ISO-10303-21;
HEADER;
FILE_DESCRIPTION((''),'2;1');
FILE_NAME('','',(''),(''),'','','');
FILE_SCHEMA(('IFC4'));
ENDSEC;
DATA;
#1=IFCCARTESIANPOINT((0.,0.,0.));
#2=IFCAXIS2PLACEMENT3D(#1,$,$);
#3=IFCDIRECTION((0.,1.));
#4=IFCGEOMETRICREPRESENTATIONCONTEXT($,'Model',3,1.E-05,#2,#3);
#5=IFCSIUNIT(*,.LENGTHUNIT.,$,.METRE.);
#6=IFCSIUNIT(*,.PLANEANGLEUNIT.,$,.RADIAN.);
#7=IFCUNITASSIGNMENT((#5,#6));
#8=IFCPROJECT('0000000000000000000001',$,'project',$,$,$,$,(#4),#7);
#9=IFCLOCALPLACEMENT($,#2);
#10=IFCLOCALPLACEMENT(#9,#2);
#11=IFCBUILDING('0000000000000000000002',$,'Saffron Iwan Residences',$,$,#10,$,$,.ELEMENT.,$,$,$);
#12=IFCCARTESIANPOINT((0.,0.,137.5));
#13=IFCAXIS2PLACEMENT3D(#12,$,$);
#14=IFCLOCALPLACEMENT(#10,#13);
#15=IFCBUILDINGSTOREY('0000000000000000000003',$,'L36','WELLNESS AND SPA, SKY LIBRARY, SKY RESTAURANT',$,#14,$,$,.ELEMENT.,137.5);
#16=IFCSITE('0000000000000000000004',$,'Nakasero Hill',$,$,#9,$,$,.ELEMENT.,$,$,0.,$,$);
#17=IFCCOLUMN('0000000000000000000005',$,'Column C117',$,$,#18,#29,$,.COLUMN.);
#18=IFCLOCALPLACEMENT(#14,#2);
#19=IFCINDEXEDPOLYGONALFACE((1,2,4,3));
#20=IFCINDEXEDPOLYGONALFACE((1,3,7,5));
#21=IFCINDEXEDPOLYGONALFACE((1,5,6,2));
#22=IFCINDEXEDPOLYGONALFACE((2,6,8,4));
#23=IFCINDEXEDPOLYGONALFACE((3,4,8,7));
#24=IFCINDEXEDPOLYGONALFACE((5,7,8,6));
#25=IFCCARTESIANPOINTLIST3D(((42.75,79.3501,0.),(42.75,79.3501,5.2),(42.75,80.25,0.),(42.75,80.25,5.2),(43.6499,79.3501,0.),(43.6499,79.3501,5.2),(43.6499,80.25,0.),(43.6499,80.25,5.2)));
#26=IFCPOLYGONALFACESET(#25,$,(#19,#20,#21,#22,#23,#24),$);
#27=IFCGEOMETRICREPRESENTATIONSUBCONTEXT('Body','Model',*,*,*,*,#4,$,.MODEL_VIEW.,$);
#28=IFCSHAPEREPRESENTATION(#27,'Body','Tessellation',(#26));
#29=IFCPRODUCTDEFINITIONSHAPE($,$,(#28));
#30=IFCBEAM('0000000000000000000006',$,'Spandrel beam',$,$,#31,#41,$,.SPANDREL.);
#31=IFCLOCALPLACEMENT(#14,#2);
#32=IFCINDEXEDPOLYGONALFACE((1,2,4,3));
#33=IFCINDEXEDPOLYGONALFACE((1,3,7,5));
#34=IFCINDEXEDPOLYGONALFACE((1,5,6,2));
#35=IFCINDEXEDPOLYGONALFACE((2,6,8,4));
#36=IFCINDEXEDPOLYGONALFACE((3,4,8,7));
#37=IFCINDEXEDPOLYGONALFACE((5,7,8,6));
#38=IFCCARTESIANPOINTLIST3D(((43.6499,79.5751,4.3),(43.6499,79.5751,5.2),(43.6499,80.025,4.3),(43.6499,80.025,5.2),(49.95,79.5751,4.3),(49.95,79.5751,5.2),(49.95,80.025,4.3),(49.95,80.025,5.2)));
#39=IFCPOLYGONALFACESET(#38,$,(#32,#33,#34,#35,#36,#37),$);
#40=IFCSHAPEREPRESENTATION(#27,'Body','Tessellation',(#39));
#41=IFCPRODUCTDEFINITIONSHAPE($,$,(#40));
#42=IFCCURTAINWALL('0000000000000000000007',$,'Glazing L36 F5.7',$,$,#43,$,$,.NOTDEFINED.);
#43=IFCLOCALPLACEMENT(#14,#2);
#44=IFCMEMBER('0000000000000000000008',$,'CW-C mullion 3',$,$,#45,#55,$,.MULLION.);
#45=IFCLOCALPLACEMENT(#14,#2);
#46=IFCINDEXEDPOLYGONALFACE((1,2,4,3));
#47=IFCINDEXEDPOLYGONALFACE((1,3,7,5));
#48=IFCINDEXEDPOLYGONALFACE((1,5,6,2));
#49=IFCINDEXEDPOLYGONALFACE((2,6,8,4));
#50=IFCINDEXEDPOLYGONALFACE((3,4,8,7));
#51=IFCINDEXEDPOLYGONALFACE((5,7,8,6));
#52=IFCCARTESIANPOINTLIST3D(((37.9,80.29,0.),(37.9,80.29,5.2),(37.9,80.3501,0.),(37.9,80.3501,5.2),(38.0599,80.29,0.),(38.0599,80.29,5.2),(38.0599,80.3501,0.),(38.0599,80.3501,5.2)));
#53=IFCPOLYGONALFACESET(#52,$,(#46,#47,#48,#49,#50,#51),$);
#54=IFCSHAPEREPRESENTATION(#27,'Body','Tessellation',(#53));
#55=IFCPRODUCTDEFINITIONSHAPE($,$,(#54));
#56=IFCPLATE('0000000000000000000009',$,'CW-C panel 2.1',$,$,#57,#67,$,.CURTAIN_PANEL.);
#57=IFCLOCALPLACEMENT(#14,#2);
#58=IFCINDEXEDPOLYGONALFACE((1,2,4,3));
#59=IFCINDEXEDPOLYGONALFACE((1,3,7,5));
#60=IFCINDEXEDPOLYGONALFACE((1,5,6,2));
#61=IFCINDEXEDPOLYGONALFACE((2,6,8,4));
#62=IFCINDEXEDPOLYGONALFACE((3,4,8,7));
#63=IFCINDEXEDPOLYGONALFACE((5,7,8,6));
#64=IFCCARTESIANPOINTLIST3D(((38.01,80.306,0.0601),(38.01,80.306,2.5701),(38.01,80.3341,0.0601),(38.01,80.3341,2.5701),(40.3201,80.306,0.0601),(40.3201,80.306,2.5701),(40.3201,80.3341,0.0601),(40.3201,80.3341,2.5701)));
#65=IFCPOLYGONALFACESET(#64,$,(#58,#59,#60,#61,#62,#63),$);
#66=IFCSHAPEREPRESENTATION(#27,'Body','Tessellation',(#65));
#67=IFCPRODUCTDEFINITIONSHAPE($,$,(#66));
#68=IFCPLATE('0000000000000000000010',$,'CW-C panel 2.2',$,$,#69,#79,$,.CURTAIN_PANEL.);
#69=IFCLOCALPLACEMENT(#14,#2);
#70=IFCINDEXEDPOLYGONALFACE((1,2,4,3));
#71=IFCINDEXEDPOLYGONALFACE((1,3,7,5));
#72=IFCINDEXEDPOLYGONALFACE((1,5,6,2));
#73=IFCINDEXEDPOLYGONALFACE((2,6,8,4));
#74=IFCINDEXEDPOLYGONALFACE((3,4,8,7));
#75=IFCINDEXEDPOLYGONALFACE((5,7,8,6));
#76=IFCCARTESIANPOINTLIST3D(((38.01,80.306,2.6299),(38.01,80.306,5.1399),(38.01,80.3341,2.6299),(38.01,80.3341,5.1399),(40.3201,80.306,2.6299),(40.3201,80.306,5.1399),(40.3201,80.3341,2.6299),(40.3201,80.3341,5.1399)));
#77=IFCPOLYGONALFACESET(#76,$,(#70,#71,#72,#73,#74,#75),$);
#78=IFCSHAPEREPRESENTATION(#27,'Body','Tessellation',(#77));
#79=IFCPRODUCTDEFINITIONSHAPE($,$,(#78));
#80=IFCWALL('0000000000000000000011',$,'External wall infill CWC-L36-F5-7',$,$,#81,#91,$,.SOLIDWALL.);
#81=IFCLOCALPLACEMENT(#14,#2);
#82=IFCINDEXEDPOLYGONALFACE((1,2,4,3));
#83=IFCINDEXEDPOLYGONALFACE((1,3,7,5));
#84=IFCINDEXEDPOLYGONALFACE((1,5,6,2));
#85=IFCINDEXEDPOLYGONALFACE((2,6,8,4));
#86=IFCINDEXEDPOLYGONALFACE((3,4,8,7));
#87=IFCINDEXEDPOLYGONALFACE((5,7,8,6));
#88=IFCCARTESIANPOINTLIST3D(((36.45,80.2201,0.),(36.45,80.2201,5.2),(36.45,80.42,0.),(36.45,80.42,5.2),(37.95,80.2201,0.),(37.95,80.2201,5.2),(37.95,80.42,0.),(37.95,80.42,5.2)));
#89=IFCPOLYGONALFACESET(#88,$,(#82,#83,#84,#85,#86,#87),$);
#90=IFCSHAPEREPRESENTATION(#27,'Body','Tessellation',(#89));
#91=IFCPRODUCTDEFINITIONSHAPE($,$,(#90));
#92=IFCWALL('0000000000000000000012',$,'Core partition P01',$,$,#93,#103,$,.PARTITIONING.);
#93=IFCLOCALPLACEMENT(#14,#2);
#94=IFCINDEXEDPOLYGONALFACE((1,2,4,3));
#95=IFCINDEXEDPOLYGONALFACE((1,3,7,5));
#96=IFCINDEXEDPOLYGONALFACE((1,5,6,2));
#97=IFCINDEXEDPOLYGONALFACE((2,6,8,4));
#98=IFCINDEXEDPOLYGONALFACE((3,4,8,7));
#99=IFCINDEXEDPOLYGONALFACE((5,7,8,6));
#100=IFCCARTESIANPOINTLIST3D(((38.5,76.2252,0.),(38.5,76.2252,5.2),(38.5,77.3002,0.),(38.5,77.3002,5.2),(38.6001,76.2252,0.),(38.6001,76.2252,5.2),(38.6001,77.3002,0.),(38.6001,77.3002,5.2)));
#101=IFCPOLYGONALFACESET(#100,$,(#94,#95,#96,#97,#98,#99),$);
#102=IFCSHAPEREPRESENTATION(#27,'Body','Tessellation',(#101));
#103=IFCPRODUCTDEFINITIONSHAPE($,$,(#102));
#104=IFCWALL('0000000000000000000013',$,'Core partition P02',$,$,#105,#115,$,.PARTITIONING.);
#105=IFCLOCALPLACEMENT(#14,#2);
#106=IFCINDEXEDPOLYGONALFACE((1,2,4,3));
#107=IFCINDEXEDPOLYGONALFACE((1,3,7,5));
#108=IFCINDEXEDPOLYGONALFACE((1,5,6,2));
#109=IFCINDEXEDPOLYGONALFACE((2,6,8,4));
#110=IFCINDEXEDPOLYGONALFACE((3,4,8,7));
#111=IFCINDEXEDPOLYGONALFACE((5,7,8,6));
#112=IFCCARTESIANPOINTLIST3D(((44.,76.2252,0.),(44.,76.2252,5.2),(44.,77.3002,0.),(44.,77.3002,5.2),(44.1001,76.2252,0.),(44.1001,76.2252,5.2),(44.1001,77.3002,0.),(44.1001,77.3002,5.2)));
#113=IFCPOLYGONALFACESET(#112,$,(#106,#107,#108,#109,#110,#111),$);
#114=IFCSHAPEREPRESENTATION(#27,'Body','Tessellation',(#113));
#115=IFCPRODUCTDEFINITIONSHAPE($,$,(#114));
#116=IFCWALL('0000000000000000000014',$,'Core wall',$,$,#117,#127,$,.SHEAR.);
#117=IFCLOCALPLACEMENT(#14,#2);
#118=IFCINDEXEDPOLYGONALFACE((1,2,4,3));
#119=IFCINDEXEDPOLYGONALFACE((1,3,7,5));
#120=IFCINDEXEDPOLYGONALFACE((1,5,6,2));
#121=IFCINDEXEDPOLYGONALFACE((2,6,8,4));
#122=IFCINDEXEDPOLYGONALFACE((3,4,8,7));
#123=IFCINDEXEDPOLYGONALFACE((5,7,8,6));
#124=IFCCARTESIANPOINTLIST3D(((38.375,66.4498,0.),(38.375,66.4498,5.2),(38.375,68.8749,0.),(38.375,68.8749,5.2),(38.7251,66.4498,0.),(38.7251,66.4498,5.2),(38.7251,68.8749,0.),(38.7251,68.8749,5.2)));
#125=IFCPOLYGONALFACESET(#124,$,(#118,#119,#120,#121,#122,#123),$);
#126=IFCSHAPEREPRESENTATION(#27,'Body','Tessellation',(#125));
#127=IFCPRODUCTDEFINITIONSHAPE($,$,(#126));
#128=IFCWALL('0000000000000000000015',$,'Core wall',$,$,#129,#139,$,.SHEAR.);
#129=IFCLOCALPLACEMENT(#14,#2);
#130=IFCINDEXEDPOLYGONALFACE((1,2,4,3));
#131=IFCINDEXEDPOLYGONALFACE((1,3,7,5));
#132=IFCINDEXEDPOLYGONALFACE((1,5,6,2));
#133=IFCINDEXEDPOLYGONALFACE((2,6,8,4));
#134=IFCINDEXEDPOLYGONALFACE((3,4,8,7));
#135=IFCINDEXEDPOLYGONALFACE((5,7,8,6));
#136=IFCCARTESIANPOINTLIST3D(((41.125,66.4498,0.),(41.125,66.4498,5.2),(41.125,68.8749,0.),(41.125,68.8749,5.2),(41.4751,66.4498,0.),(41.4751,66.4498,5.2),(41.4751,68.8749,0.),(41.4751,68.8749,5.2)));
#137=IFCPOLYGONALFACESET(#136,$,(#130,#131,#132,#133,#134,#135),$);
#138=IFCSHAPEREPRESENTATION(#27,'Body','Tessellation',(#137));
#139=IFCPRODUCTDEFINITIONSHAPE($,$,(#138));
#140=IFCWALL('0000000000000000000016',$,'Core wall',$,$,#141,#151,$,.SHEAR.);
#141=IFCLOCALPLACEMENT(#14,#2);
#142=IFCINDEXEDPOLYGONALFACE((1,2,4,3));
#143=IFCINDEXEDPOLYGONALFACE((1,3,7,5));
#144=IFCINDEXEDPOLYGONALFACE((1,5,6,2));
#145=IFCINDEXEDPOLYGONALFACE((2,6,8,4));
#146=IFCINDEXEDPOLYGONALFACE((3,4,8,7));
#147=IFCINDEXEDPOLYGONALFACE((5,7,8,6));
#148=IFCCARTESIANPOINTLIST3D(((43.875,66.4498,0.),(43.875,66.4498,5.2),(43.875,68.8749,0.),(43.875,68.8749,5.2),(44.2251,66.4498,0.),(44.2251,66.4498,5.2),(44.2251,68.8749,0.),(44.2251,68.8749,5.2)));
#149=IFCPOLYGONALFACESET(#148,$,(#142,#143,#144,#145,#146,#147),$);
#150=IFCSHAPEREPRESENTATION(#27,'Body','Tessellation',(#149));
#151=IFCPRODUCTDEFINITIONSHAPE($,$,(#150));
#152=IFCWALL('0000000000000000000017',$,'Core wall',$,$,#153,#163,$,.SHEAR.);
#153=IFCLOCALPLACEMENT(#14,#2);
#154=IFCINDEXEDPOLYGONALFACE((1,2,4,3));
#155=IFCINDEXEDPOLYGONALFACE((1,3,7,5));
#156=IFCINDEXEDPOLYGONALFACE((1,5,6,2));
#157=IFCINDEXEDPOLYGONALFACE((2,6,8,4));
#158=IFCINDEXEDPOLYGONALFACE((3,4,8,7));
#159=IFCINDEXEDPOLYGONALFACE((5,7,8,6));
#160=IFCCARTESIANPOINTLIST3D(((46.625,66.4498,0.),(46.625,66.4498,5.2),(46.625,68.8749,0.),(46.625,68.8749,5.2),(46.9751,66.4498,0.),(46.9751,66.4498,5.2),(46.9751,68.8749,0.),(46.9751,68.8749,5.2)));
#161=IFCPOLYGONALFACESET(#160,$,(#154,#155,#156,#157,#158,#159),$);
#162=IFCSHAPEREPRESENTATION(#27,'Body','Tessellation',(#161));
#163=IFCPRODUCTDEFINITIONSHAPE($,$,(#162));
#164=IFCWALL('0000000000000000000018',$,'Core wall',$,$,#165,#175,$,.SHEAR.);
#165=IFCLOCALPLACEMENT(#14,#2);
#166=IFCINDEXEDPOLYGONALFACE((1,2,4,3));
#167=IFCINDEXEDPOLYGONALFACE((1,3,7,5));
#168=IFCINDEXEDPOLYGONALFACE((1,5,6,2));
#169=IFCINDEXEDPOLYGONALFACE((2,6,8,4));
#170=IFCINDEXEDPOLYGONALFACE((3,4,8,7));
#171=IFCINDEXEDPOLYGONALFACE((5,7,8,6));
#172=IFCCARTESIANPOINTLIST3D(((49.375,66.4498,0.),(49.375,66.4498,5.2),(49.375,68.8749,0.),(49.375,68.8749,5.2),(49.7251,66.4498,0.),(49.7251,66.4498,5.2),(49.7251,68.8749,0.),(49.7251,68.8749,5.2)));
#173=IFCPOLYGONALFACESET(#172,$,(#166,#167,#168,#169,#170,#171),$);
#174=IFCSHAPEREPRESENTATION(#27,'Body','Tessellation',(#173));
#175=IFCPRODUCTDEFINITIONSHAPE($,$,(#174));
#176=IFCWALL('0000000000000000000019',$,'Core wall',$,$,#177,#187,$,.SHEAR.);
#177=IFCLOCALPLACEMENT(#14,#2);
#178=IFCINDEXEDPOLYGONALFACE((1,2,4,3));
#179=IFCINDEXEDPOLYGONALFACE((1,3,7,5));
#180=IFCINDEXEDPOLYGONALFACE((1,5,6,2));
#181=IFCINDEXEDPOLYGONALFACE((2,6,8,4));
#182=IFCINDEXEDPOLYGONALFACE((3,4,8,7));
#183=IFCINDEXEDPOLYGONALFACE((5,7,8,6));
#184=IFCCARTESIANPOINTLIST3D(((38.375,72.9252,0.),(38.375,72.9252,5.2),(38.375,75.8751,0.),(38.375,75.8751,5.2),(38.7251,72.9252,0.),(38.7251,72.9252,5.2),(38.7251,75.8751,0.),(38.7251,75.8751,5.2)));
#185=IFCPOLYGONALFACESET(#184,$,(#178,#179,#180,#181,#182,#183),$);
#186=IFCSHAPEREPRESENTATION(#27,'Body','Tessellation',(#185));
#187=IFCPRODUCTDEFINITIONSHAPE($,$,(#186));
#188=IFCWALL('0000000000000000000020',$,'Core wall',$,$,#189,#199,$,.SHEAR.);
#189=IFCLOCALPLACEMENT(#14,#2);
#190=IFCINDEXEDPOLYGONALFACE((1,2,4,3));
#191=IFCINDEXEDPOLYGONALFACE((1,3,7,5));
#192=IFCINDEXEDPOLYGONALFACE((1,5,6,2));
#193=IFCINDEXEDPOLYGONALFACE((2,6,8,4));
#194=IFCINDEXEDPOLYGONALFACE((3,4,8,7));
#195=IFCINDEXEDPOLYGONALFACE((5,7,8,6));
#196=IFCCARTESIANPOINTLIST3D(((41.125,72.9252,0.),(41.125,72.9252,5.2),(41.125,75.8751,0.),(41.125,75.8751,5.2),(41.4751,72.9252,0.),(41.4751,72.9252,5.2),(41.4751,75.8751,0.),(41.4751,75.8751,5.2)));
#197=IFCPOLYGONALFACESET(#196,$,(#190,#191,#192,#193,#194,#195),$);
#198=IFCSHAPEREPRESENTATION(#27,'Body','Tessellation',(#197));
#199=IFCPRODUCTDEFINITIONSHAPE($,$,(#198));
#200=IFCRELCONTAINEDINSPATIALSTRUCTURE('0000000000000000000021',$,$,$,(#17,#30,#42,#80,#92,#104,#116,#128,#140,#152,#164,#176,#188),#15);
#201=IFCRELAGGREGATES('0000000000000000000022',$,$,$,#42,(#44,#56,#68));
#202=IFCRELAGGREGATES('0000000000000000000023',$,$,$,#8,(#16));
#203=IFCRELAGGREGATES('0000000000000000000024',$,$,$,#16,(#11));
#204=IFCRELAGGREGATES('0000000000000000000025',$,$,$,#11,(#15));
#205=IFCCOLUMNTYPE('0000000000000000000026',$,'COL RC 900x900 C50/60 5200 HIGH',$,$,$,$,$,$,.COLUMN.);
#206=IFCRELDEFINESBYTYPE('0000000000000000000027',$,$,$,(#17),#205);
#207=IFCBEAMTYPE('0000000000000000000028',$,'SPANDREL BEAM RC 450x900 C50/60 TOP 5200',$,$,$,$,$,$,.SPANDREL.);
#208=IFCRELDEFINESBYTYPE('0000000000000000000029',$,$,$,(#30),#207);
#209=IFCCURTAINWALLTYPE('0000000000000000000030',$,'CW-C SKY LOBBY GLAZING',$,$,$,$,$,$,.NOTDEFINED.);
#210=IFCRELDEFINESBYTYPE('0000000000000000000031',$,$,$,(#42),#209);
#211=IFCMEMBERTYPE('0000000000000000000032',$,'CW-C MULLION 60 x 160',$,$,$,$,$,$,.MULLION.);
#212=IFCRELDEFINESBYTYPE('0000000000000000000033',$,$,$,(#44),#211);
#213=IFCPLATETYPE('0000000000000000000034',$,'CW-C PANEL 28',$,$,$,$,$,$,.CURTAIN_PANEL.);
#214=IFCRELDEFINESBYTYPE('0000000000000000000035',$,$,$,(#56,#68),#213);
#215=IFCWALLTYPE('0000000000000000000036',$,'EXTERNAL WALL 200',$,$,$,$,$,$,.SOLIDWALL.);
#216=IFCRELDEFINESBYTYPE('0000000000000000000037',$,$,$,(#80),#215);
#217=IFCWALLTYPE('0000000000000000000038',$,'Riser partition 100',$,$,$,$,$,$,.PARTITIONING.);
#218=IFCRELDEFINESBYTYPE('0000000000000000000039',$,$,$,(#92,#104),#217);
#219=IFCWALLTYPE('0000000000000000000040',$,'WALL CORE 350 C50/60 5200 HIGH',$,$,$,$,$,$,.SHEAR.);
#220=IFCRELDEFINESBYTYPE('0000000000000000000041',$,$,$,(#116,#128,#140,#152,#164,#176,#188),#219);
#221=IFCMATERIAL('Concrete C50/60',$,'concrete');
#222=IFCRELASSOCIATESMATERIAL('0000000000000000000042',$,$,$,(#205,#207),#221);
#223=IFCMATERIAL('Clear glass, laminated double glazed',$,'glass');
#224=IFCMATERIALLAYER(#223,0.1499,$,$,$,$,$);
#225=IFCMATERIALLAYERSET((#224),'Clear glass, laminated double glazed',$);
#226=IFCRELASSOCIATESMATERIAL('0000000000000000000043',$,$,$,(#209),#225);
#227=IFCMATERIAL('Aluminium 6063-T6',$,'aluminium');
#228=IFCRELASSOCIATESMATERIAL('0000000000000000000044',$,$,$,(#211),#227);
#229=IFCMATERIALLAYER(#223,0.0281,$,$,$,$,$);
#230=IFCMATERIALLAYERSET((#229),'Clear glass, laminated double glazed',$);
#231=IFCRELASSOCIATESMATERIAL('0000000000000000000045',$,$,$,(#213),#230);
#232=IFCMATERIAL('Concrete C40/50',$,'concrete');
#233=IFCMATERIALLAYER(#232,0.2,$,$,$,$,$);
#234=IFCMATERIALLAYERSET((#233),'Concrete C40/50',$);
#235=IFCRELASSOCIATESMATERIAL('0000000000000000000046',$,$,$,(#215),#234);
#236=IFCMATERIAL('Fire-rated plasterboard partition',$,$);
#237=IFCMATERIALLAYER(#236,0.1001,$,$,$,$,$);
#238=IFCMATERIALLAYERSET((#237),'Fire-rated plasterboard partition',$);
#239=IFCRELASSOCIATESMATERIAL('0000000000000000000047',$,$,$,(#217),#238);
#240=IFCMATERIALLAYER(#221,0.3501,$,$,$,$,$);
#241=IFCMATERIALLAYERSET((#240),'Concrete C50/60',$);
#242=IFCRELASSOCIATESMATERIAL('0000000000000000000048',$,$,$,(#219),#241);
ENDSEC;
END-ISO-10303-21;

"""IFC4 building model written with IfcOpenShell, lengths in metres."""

from ifc_helpers import new_model, si_unit, direction, frame, frame_2d, origin, origin_2d, place, context, subcontext, project, spatial, rectangle, extrude, source, transform, mapped, material, layer, layer_set, material_profile, profile_set, type_object, element, aggregate, save


model = new_model("IFC4")

# Units and contexts
model_context = context("Model", 3, precision=1e-05, world=origin(), true_north=direction((0.0, 1.0)))
body_context = subcontext(model_context, "Body", "Model", "MODEL_VIEW")
ifc_project = project(units=[si_unit("LENGTHUNIT", "METRE"), si_unit("PLANEANGLEUNIT", "RADIAN")], contexts=[model_context])

# Site, building, storey
site_placement = place(None, origin())
site = spatial("IfcSite", under=ifc_project, at=site_placement, Name="Nakasero Hill", CompositionType="ELEMENT", RefElevation=0.0)
building_placement = place(site_placement, origin())
building = spatial("IfcBuilding", under=site, at=building_placement, Name="Saffron Iwan Residences", CompositionType="ELEMENT")
storey_placement = place(building_placement, frame((0.0, 0.0, 137.5)))
storey = spatial("IfcBuildingStorey", under=building, at=storey_placement, Name="L36", Description="WELLNESS AND SPA, SKY LIBRARY, SKY RESTAURANT", CompositionType="ELEMENT", Elevation=137.5)

# Column
ifc_material_1 = material(Name="Concrete C50/60", Category="concrete")
ifc_material_profile_1 = material_profile(ifc_material_1, rectangle(XDim=0.8999, YDim=0.8999, at=origin_2d()), Name="RC 900x900")
ifc_profile_set_1 = profile_set([ifc_material_profile_1], Name="Concrete C50/60")
column_type = type_object("IfcColumnType", Name="COL RC 900x900 C50/60 5200 HIGH", PredefinedType="COLUMN", material=ifc_profile_set_1)
shared_shape_1 = source(origin(), body_context, "Body", "SweptSolid", [
    extrude(rectangle(XDim=0.8999, YDim=0.8999, at=origin_2d()), origin(), (0.0, 0.0, 1.0), 5.2),
])
column_placement = place(storey_placement, frame((43.2, 79.8, 0.0), z_axis=(0.0, 0.0, 1.0), x_axis=(1.0, 0.0, 0.0)))
element("IfcColumn", 1, at=column_placement, inside=storey, type_object=column_type, Name="Column C117", PredefinedType="COLUMN", context=body_context, shape_type="MappedRepresentation", body=[
    mapped(shared_shape_1, transform((0.0, 0.0, 0.0))),
])

# Beam
ifc_material_profile_2 = material_profile(ifc_material_1, rectangle(XDim=0.45, YDim=0.8999, at=origin_2d()), Name="RC 450x900")
ifc_profile_set_2 = profile_set([ifc_material_profile_2], Name="Concrete C50/60")
beam_type = type_object("IfcBeamType", Name="SPANDREL BEAM RC 450x900 C50/60 TOP 5200", PredefinedType="SPANDREL", material=ifc_profile_set_2)
shared_shape_2 = source(origin(), body_context, "Body", "SweptSolid", [
    extrude(rectangle(XDim=0.45, YDim=0.8999, at=origin_2d()), origin(), (0.0, 0.0, 1.0), 6.3),
])
beam_placement = place(storey_placement, frame((43.6499, 79.8, 4.75), z_axis=(1.0, 0.0, 0.0), x_axis=(0.0, 1.0, 0.0)))
element("IfcBeam", 2, at=beam_placement, inside=storey, type_object=beam_type, Name="Spandrel beam", PredefinedType="SPANDREL", context=body_context, shape_type="MappedRepresentation", body=[
    mapped(shared_shape_2, transform((0.0, 0.0, 0.0))),
])

# Curtain wall, member, plates
ifc_material_2 = material(Name="Clear glass, laminated double glazed", Category="glass")
ifc_layer_1 = layer(ifc_material_2, 0.1499)
ifc_layer_set_1 = layer_set([ifc_layer_1], Name="Clear glass, laminated double glazed")
curtain_wall_type = type_object("IfcCurtainWallType", Name="CW-C SKY LOBBY GLAZING", PredefinedType="NOTDEFINED", material=ifc_layer_set_1)
curtain_wall_placement = place(storey_placement, origin())
curtain_wall = element("IfcCurtainWall", 3, at=curtain_wall_placement, inside=storey, type_object=curtain_wall_type, Name="Glazing L36 F5.7", PredefinedType="NOTDEFINED")
ifc_material_3 = material(Name="Aluminium 6063-T6", Category="aluminium")
ifc_material_profile_3 = material_profile(ifc_material_3, rectangle(XDim=0.0601, YDim=0.1599, at=origin_2d()), Name="CW-C MULLION 60 x 160")
ifc_profile_set_3 = profile_set([ifc_material_profile_3], Name="Aluminium 6063-T6")
member_type = type_object("IfcMemberType", Name="CW-C MULLION 60 x 160", PredefinedType="MULLION", material=ifc_profile_set_3)
shared_shape_3 = source(origin(), body_context, "Body", "SweptSolid", [
    extrude(rectangle(XDim=0.0601, YDim=0.1599, at=origin_2d()), origin(), (0.0, 0.0, 1.0), 5.2),
])
member_placement = place(storey_placement, frame((37.98, 80.3201, 0.0), z_axis=(0.0, 0.0, 1.0), x_axis=(0.0, -1.0, 0.0)))
member = element("IfcMember", 4, at=member_placement, type_object=member_type, Name="CW-C mullion 3", PredefinedType="MULLION", context=body_context, shape_type="MappedRepresentation", body=[
    mapped(shared_shape_3, transform((0.0, 0.0, 0.0))),
])
ifc_layer_2 = layer(ifc_material_2, 0.0281)
ifc_layer_set_2 = layer_set([ifc_layer_2], Name="Clear glass, laminated double glazed")
plate_type = type_object("IfcPlateType", Name="CW-C PANEL 28", PredefinedType="CURTAIN_PANEL", material=ifc_layer_set_2)
shared_shape_4 = source(origin(), body_context, "Body", "SweptSolid", [
    extrude(rectangle(XDim=2.3101, YDim=0.0281, at=origin_2d()), origin(), (0.0, 0.0, 1.0), 2.51),
])
plate_1_placement = place(storey_placement, frame((39.165, 80.3201, 0.0601), z_axis=(0.0, 0.0, 1.0), x_axis=(-1.0, 0.0, 0.0)))
plate_1 = element("IfcPlate", 5, at=plate_1_placement, type_object=plate_type, Name="CW-C panel 2.1", PredefinedType="CURTAIN_PANEL", context=body_context, shape_type="MappedRepresentation", body=[
    mapped(shared_shape_4, transform((0.0, 0.0, 0.0))),
])
plate_2_placement = place(storey_placement, frame((39.165, 80.3201, 2.6299), z_axis=(0.0, 0.0, 1.0), x_axis=(-1.0, 0.0, 0.0)))
plate_2 = element("IfcPlate", 6, at=plate_2_placement, type_object=plate_type, Name="CW-C panel 2.2", PredefinedType="CURTAIN_PANEL", context=body_context, shape_type="MappedRepresentation", body=[
    mapped(shared_shape_4, transform((0.0, 0.0, 0.0))),
])
aggregate(curtain_wall, [member, plate_1, plate_2])

# Walls
ifc_material_4 = material(Name="Concrete C40/50", Category="concrete")
ifc_layer_3 = layer(ifc_material_4, 0.2)
ifc_layer_set_3 = layer_set([ifc_layer_3], Name="Concrete C40/50")
wall_type_1 = type_object("IfcWallType", Name="EXTERNAL WALL 200", PredefinedType="SOLIDWALL", material=ifc_layer_set_3)
wall_placement = place(storey_placement, frame((37.95, 80.3201, 0.0), z_axis=(0.0, 0.0, 1.0), x_axis=(-1.0, 0.0, 0.0)))
element("IfcWall", 7, at=wall_placement, inside=storey, type_object=wall_type_1, Name="External wall infill CWC-L36-F5-7", PredefinedType="SOLIDWALL", context=body_context, shape_type="SweptSolid", body=[
    extrude(rectangle(XDim=1.5, YDim=0.2, at=frame_2d((0.75, 0.0))), origin(), (0.0, 0.0, 1.0), 5.2),
])
ifc_material_5 = material(Name="Fire-rated plasterboard partition")
ifc_layer_4 = layer(ifc_material_5, 0.1001)
ifc_layer_set_4 = layer_set([ifc_layer_4], Name="Fire-rated plasterboard partition")
wall_type_2 = type_object("IfcWallType", Name="Riser partition 100", PredefinedType="PARTITIONING", material=ifc_layer_set_4)
for number, where, z_axis, x_axis, name in (
    (8, (38.55, 76.2251, 0.0), (0.0, 0.0, 1.0), (0.0, 1.0, 0.0), "Core partition P01"),
    (9, (44.05, 76.2251, 0.0), (0.0, 0.0, 1.0), (0.0, 1.0, 0.0), "Core partition P02"),
):
    element("IfcWall", number, at=place(storey_placement, frame(where, z_axis=z_axis, x_axis=x_axis)), inside=storey, type_object=wall_type_2, Name=name, PredefinedType="PARTITIONING", context=body_context, shape_type="SweptSolid", body=[
        extrude(rectangle(XDim=1.075, YDim=0.1001, at=frame_2d((0.5376, 0.0))), origin(), (0.0, 0.0, 1.0), 5.2),
    ])
ifc_layer_5 = layer(ifc_material_1, 0.3501)
ifc_layer_set_5 = layer_set([ifc_layer_5], Name="Concrete C50/60")
wall_type_3 = type_object("IfcWallType", Name="WALL CORE 350 C50/60 5200 HIGH", PredefinedType="SHEAR", material=ifc_layer_set_5)
for number, where, z_axis, x_axis, name in (
    (10, (38.55, 66.45, 0.0), (0.0, 0.0, 1.0), (0.0, 1.0, 0.0), "Core wall"),
    (11, (41.3, 66.45, 0.0), (0.0, 0.0, 1.0), (0.0, 1.0, 0.0), "Core wall"),
    (12, (44.05, 66.45, 0.0), (0.0, 0.0, 1.0), (0.0, 1.0, 0.0), "Core wall"),
    (13, (46.8, 66.45, 0.0), (0.0, 0.0, 1.0), (0.0, 1.0, 0.0), "Core wall"),
    (14, (49.55, 66.45, 0.0), (0.0, 0.0, 1.0), (0.0, 1.0, 0.0), "Core wall"),
):
    element("IfcWall", number, at=place(storey_placement, frame(where, z_axis=z_axis, x_axis=x_axis)), inside=storey, type_object=wall_type_3, Name=name, PredefinedType="SHEAR", context=body_context, shape_type="SweptSolid", body=[
        extrude(rectangle(XDim=2.425, YDim=0.3501, at=frame_2d((1.2124, 0.0))), origin(), (0.0, 0.0, 1.0), 5.2),
    ])
for number, where, z_axis, x_axis, name in (
    (15, (38.55, 72.925, 0.0), (0.0, 0.0, 1.0), (0.0, 1.0, 0.0), "Core wall"),
    (16, (41.3, 72.925, 0.0), (0.0, 0.0, 1.0), (0.0, 1.0, 0.0), "Core wall"),
):
    element("IfcWall", number, at=place(storey_placement, frame(where, z_axis=z_axis, x_axis=x_axis)), inside=storey, type_object=wall_type_3, Name=name, PredefinedType="SHEAR", context=body_context, shape_type="SweptSolid", body=[
        extrude(rectangle(XDim=2.95, YDim=0.3501, at=frame_2d((1.4751, 0.0))), origin(), (0.0, 0.0, 1.0), 5.2),
    ])

save(model, "model.ifc")
